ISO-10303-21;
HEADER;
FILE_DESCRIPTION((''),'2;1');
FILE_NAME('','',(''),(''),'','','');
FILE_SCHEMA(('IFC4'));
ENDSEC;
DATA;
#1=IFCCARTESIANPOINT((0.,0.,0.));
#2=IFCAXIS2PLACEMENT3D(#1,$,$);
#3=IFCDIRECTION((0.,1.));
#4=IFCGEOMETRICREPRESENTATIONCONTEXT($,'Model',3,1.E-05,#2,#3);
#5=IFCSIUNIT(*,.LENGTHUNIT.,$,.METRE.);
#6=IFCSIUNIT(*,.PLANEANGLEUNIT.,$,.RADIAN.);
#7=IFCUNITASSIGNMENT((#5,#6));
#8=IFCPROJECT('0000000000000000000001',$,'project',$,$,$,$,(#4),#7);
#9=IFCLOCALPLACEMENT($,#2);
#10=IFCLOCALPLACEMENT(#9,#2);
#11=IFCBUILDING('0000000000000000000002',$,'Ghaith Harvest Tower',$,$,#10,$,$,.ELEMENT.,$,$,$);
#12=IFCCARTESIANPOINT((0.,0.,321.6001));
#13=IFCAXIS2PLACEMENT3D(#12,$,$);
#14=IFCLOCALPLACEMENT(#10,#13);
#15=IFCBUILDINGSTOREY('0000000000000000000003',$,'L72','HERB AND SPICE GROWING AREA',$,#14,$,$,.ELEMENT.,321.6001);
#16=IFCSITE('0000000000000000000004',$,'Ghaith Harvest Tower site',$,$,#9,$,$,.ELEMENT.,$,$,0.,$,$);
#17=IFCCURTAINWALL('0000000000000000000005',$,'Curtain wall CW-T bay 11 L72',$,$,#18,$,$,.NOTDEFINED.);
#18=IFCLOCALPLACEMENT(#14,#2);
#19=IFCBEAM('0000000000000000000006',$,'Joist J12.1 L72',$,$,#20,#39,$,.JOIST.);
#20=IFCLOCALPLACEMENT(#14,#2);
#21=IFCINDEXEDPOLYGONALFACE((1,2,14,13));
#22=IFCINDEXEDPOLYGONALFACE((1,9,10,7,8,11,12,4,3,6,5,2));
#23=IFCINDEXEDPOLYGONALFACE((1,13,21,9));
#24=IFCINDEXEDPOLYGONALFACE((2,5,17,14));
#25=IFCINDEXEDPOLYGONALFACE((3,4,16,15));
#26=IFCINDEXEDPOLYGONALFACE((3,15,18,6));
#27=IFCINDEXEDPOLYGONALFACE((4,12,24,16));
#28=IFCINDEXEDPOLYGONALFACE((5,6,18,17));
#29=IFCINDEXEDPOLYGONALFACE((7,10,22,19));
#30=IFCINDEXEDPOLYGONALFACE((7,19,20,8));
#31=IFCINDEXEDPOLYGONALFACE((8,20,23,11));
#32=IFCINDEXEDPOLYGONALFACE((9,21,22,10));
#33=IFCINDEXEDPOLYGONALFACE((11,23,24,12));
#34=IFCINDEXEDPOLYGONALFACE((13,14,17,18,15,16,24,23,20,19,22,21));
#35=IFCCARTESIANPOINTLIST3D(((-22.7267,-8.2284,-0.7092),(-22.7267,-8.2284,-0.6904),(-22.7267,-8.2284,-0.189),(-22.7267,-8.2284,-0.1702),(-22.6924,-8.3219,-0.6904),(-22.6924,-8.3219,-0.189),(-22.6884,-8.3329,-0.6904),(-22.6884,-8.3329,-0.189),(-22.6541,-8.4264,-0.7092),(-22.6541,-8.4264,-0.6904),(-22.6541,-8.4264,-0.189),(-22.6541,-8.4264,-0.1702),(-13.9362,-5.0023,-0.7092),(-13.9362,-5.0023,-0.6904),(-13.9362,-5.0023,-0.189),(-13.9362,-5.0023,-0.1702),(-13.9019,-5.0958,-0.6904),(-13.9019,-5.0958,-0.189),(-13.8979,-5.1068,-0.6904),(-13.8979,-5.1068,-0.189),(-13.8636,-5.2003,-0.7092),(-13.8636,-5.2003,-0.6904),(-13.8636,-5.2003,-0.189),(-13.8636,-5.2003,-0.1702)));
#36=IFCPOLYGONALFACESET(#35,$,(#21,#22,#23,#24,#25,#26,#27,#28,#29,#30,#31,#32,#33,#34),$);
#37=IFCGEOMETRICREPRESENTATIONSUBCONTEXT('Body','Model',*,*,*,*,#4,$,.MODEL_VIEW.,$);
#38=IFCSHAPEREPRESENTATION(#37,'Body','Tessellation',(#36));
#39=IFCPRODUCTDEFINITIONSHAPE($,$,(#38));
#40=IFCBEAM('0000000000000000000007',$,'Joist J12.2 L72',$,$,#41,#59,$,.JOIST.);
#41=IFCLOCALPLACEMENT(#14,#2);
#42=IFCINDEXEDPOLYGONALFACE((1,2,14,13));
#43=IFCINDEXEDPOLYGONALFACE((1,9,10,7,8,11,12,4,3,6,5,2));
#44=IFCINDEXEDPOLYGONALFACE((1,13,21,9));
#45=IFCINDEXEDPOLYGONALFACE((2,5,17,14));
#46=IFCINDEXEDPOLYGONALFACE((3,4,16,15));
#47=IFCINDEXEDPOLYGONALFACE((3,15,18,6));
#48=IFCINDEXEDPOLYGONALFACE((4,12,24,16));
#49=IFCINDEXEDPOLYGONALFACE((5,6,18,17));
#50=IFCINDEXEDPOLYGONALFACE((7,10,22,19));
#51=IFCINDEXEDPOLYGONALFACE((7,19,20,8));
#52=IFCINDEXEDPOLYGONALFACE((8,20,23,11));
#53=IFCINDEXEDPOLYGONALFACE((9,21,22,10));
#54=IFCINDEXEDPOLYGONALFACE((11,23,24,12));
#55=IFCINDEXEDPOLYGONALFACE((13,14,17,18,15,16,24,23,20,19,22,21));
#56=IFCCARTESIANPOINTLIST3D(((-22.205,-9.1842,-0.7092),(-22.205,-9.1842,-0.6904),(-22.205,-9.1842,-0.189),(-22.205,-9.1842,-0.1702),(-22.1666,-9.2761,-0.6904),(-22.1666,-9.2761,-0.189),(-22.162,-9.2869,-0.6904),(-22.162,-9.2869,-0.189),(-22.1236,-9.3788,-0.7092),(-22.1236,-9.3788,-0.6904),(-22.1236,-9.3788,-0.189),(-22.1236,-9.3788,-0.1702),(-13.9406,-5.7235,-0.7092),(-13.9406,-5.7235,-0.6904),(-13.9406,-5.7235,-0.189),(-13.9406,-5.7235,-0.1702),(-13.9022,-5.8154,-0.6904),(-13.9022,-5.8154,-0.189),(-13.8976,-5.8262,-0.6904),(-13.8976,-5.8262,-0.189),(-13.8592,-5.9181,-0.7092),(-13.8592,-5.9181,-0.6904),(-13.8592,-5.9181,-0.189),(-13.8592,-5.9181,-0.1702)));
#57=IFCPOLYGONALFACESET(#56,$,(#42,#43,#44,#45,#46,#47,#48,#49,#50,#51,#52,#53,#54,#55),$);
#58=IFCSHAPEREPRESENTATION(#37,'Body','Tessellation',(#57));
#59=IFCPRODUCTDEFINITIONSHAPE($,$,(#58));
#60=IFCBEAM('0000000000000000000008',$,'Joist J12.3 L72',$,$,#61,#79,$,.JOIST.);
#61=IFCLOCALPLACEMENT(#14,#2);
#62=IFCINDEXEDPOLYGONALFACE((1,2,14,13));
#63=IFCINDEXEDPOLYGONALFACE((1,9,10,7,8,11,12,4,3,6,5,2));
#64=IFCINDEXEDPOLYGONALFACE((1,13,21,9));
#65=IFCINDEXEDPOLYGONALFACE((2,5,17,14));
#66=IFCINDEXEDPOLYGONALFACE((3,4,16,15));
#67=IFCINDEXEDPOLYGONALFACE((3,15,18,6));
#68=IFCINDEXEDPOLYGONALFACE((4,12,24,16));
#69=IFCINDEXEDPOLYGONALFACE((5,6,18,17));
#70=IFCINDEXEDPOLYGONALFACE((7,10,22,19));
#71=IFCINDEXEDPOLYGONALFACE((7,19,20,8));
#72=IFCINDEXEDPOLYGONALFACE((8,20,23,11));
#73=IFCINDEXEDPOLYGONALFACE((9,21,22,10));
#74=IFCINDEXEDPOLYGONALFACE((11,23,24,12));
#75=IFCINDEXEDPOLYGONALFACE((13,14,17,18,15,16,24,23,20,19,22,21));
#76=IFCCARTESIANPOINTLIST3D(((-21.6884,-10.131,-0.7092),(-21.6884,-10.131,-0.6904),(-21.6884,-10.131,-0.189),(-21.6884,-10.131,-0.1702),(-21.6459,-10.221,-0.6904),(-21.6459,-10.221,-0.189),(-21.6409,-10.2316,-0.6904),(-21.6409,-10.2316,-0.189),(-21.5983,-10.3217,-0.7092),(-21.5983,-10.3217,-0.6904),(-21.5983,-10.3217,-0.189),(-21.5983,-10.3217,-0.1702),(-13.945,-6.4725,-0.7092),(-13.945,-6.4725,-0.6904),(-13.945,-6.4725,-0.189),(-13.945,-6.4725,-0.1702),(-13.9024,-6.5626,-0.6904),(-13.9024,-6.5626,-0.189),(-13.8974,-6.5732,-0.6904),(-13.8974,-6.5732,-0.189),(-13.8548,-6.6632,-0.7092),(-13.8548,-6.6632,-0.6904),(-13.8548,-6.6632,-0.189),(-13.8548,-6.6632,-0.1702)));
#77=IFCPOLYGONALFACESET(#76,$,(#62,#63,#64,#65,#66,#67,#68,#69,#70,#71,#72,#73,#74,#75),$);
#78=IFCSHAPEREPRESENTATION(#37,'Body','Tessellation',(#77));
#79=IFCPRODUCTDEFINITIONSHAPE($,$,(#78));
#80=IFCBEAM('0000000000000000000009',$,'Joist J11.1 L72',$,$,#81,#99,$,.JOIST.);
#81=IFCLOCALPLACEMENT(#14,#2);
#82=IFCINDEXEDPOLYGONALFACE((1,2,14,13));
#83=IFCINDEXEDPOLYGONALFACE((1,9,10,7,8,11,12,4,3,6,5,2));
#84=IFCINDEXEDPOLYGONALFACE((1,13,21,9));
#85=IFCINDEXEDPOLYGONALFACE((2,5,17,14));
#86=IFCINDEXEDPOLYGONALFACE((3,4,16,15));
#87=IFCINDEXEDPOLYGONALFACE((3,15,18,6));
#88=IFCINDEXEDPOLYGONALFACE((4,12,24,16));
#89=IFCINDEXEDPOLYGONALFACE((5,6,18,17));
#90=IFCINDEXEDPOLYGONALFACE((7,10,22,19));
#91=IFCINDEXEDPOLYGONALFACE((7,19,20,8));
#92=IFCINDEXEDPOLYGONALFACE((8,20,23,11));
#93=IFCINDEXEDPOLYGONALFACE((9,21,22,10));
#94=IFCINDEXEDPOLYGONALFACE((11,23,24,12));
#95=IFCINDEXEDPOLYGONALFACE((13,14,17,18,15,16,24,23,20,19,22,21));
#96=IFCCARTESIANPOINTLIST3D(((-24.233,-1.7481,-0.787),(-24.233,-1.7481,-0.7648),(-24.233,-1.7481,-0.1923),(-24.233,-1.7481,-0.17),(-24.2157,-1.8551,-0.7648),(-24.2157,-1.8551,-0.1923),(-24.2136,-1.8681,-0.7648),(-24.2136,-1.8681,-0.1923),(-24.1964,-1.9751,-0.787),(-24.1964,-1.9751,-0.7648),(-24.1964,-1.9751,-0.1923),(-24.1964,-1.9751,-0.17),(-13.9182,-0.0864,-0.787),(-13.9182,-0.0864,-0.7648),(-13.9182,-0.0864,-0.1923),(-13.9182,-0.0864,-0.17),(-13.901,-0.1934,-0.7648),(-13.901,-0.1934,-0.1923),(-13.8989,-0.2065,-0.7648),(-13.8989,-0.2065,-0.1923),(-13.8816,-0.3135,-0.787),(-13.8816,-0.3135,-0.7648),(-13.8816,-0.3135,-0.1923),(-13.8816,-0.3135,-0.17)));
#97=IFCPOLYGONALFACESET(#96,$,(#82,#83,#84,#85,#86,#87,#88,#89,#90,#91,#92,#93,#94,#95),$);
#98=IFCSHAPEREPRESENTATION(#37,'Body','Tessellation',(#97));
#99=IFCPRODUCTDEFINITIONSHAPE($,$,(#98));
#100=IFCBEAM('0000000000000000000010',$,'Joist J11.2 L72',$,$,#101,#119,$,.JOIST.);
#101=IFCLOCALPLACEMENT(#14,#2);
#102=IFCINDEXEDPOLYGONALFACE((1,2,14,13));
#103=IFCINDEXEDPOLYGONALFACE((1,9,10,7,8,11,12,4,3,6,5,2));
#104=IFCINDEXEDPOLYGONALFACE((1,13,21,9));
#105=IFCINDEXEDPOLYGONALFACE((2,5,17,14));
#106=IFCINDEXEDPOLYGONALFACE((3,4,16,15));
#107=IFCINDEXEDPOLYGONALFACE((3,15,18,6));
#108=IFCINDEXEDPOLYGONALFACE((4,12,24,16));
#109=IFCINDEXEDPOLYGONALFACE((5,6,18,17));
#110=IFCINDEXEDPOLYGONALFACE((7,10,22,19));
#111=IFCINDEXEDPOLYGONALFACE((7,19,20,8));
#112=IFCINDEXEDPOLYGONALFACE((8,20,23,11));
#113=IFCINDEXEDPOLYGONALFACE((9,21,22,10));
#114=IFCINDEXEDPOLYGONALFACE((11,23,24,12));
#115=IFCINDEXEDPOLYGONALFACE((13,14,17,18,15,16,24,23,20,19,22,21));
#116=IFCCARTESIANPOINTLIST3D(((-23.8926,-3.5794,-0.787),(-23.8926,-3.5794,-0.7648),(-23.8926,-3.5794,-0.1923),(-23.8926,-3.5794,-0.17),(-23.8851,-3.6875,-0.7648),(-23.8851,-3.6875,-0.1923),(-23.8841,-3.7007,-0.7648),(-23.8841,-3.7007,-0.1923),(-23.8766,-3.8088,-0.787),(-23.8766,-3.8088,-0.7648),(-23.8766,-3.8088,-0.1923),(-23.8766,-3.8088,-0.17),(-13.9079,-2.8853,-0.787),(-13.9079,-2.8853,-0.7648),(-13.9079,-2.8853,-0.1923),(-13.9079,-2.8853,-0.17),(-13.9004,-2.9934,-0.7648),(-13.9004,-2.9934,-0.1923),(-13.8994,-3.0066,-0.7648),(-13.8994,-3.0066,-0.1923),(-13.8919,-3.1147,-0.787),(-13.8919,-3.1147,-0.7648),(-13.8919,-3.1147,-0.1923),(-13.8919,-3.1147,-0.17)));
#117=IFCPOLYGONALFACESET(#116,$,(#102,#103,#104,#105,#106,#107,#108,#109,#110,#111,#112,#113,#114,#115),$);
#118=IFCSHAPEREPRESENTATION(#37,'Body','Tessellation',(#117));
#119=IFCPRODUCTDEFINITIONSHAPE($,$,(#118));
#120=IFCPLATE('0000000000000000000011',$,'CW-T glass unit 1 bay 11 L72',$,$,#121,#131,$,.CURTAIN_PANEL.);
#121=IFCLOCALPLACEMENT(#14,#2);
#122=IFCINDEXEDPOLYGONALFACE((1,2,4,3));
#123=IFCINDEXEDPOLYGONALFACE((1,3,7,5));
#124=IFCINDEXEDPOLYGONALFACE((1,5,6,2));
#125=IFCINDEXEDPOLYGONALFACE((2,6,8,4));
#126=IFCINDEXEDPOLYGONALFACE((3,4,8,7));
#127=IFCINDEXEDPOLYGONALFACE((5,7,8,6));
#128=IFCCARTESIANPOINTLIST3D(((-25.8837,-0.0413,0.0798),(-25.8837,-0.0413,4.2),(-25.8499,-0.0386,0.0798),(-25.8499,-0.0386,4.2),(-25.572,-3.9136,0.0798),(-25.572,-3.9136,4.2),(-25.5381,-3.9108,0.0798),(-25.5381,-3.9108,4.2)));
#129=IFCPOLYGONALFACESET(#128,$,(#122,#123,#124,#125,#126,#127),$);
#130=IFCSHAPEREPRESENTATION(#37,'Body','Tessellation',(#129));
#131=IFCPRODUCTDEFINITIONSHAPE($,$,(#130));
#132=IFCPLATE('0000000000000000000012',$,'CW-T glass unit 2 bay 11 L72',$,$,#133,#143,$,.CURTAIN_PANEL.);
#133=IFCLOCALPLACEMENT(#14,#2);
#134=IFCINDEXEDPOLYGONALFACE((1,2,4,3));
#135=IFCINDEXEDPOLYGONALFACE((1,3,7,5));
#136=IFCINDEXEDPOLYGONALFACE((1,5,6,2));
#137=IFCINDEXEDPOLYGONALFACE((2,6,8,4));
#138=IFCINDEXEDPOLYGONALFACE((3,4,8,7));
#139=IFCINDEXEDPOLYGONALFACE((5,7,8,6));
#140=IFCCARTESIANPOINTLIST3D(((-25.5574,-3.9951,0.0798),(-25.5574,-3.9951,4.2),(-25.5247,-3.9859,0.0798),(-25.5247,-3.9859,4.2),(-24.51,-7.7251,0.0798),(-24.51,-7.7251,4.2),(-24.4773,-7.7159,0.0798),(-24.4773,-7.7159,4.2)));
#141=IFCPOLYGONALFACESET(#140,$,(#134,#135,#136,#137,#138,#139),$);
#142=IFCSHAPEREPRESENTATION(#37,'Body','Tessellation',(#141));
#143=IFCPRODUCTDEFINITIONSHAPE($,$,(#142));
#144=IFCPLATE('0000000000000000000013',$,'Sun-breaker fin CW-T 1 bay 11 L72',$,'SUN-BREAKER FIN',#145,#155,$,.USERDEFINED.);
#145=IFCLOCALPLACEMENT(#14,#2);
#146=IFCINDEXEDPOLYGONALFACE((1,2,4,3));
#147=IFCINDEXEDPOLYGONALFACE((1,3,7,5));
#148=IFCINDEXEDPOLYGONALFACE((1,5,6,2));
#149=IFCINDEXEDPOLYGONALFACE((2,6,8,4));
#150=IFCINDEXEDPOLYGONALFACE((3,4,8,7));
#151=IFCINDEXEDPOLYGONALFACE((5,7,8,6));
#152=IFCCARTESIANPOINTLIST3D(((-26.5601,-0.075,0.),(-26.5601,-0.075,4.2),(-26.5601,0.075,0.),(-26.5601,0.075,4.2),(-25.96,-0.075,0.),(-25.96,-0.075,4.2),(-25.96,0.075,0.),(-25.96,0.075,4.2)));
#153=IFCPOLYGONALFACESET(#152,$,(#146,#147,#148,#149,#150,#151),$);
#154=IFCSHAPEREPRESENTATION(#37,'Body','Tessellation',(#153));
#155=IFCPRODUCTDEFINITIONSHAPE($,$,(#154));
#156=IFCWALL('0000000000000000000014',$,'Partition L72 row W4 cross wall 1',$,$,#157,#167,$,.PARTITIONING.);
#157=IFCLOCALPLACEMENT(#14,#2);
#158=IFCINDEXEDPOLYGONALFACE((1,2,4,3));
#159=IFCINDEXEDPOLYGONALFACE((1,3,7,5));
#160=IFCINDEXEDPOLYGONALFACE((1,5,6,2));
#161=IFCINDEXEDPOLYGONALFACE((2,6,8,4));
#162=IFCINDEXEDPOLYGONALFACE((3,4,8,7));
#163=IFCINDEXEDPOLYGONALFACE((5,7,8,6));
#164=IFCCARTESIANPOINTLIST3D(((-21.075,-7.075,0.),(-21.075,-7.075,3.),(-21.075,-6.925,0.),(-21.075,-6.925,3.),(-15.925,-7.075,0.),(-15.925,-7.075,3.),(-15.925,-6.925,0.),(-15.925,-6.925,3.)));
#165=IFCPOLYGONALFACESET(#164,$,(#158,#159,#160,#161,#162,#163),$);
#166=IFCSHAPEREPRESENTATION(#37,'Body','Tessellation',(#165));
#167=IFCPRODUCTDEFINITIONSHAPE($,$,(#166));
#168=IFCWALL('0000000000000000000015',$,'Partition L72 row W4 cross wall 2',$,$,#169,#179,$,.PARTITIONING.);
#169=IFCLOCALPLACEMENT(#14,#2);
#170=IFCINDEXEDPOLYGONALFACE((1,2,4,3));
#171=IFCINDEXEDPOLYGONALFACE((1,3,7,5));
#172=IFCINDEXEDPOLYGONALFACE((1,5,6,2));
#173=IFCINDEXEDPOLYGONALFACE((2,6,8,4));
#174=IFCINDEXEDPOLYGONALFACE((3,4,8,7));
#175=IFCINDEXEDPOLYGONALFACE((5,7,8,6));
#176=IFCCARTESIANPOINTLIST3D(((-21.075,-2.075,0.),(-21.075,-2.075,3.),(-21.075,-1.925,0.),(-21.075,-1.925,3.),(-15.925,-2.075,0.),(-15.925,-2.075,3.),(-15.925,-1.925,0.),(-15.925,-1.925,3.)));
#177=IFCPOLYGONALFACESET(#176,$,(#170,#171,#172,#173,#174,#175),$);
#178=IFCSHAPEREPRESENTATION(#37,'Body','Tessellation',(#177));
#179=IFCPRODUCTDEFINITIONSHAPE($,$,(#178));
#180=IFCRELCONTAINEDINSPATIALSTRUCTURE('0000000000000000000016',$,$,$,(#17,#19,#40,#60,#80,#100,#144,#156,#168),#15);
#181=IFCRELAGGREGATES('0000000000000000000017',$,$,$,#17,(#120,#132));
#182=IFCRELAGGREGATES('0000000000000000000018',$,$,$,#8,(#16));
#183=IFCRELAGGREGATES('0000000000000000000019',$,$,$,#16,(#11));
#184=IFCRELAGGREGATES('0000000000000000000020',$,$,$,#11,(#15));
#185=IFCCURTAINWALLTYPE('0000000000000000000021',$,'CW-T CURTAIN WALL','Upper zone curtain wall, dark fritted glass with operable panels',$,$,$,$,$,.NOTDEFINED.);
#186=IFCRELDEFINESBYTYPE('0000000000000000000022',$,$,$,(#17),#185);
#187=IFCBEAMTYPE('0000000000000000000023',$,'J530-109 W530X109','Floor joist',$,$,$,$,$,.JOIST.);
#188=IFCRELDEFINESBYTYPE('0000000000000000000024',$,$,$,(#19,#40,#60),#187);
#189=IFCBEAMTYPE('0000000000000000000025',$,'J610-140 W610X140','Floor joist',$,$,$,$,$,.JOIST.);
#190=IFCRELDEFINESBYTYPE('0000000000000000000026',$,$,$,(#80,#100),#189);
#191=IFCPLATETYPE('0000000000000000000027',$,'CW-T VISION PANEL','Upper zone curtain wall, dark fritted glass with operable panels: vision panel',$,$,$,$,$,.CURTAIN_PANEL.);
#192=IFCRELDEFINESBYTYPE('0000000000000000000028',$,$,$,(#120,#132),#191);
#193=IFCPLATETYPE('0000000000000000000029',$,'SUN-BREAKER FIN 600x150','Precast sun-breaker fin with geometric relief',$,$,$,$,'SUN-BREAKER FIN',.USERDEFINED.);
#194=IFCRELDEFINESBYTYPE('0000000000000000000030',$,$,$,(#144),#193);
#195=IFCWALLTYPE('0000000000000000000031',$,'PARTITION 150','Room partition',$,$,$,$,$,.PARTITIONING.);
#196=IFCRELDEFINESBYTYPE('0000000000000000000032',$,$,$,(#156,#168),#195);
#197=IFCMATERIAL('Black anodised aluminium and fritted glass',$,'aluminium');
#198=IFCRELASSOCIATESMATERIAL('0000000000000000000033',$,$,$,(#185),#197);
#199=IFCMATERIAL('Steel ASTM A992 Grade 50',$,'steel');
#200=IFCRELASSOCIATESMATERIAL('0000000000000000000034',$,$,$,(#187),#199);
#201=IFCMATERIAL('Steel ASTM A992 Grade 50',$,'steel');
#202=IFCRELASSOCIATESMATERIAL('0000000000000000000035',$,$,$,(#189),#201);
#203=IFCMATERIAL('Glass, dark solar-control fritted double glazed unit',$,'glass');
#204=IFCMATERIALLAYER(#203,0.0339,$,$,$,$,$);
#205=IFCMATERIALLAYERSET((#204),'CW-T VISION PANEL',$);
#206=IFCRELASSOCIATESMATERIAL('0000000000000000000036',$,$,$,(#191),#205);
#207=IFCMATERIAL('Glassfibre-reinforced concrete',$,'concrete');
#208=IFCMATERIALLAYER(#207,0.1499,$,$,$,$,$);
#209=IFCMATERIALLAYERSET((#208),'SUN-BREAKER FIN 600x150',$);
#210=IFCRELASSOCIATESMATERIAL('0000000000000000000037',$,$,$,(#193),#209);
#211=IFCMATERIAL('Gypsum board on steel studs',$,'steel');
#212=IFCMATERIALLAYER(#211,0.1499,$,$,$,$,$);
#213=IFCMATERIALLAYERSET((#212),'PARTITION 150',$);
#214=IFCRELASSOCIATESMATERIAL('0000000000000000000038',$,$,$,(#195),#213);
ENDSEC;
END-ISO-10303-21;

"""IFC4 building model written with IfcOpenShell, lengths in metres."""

from ifc_helpers import new_model, si_unit, direction, frame, frame_2d, origin, origin_2d, place, context, subcontext, project, spatial, rectangle, i_section, extrude, material, layer, layer_set, material_profile, profile_set, type_object, element, aggregate, save


model = new_model("IFC4")

# Units and contexts
model_context = context("Model", 3, precision=1e-05, world=origin(), true_north=direction((0.0, 1.0)))
body_context = subcontext(model_context, "Body", "Model", "MODEL_VIEW")
ifc_project = project(units=[si_unit("LENGTHUNIT", "METRE"), si_unit("PLANEANGLEUNIT", "RADIAN")], contexts=[model_context])

# Site, building, storey
site_placement = place(None, origin())
site = spatial("IfcSite", under=ifc_project, at=site_placement, Name="Ghaith Harvest Tower site", CompositionType="ELEMENT", RefElevation=0.0)
building_placement = place(site_placement, origin())
building = spatial("IfcBuilding", under=site, at=building_placement, Name="Ghaith Harvest Tower", CompositionType="ELEMENT")
storey_placement = place(building_placement, frame((0.0, 0.0, 321.6001)))
storey = spatial("IfcBuildingStorey", under=building, at=storey_placement, Name="L72", Description="HERB AND SPICE GROWING AREA", CompositionType="ELEMENT", Elevation=321.6001)

# Curtain wall
ifc_material_1 = material(Name="Black anodised aluminium and fritted glass", Category="aluminium")
curtain_wall_type = type_object("IfcCurtainWallType", Name="CW-T CURTAIN WALL", Description="Upper zone curtain wall, dark fritted glass with operable panels", PredefinedType="NOTDEFINED", material=ifc_material_1)
curtain_wall_placement = place(storey_placement, origin())
curtain_wall = element("IfcCurtainWall", 1, at=curtain_wall_placement, inside=storey, type_object=curtain_wall_type, Name="Curtain wall CW-T bay 11 L72", PredefinedType="NOTDEFINED")

# Beams
ifc_material_2 = material(Name="Steel ASTM A992 Grade 50", Category="steel")
ifc_material_profile_1 = material_profile(ifc_material_2, i_section(OverallWidth=0.2109, OverallDepth=0.5391, WebThickness=0.0117, FlangeThickness=0.0188, at=origin_2d()), Name="W530X109")
ifc_profile_set_1 = profile_set([ifc_material_profile_1], Name="Steel ASTM A992 Grade 50")
beam_type_1 = type_object("IfcBeamType", Name="J530-109 W530X109", Description="Floor joist", PredefinedType="JOIST", material=ifc_profile_set_1)
beam_1_placement = place(storey_placement, frame((-13.8999, -5.1013, -0.4397), z_axis=(-0.938777, -0.344526, 0.0), x_axis=(0.344526, -0.938777, 0.0)))
element("IfcBeam", 2, at=beam_1_placement, inside=storey, type_object=beam_type_1, Name="Joist J12.1 L72", PredefinedType="JOIST", context=body_context, shape_type="SweptSolid", body=[
    extrude(i_section(OverallWidth=0.2109, OverallDepth=0.5391, WebThickness=0.0117, FlangeThickness=0.0188, at=origin_2d()), origin(), (0.0, 0.0, 1.0), 9.3638),
])
beam_2_placement = place(storey_placement, frame((-13.8999, -5.8208, -0.4397), z_axis=(-0.922394, -0.38625, 0.0), x_axis=(0.38625, -0.922394, 0.0)))
element("IfcBeam", 3, at=beam_2_placement, inside=storey, type_object=beam_type_1, Name="Joist J12.2 L72", PredefinedType="JOIST", context=body_context, shape_type="SweptSolid", body=[
    extrude(i_section(OverallWidth=0.2109, OverallDepth=0.5391, WebThickness=0.0117, FlangeThickness=0.0188, at=origin_2d()), origin(), (0.0, 0.0, 1.0), 8.9597),
])
beam_3_placement = place(storey_placement, frame((-13.8999, -6.5679, -0.4397), z_axis=(-0.904166, -0.427182, 0.0), x_axis=(0.427182, -0.904166, 0.0)))
element("IfcBeam", 4, at=beam_3_placement, inside=storey, type_object=beam_type_1, Name="Joist J12.3 L72", PredefinedType="JOIST", context=body_context, shape_type="SweptSolid", body=[
    extrude(i_section(OverallWidth=0.2109, OverallDepth=0.5391, WebThickness=0.0117, FlangeThickness=0.0188, at=origin_2d()), origin(), (0.0, 0.0, 1.0), 8.5642),
])
ifc_material_3 = material(Name="Steel ASTM A992 Grade 50", Category="steel")
ifc_material_profile_2 = material_profile(ifc_material_3, i_section(OverallWidth=0.23, OverallDepth=0.6169, WebThickness=0.0132, FlangeThickness=0.0222, at=origin_2d()), Name="W610X140")
ifc_profile_set_2 = profile_set([ifc_material_profile_2], Name="Steel ASTM A992 Grade 50")
beam_type_2 = type_object("IfcBeamType", Name="J610-140 W610X140", Description="Floor joist", PredefinedType="JOIST", material=ifc_profile_set_2)
beam_4_placement = place(storey_placement, frame((-13.8999, -0.2, -0.4785), z_axis=(-0.987272, -0.159042, 0.0), x_axis=(0.159042, -0.987272, 0.0)))
element("IfcBeam", 5, at=beam_4_placement, inside=storey, type_object=beam_type_2, Name="Joist J11.1 L72", PredefinedType="JOIST", context=body_context, shape_type="SweptSolid", body=[
    extrude(i_section(OverallWidth=0.23, OverallDepth=0.6169, WebThickness=0.0132, FlangeThickness=0.0222, at=origin_2d()), origin(), (0.0, 0.0, 1.0), 10.4478),
])
beam_5_placement = place(storey_placement, frame((-13.8999, -3.0, -0.4785), z_axis=(-0.997592, -0.069349, 0.0), x_axis=(0.069349, -0.997592, 0.0)))
element("IfcBeam", 6, at=beam_5_placement, inside=storey, type_object=beam_type_2, Name="Joist J11.2 L72", PredefinedType="JOIST", context=body_context, shape_type="SweptSolid", body=[
    extrude(i_section(OverallWidth=0.23, OverallDepth=0.6169, WebThickness=0.0132, FlangeThickness=0.0222, at=origin_2d()), origin(), (0.0, 0.0, 1.0), 10.0088),
])

# Plates
ifc_material_4 = material(Name="Glass, dark solar-control fritted double glazed unit", Category="glass")
ifc_layer_1 = layer(ifc_material_4, 0.0339)
ifc_layer_set_1 = layer_set([ifc_layer_1], Name="CW-T VISION PANEL")
plate_type_1 = type_object("IfcPlateType", Name="CW-T VISION PANEL", Description="Upper zone curtain wall, dark fritted glass with operable panels: vision panel", PredefinedType="CURTAIN_PANEL", material=ifc_layer_set_1)
plate_1_placement = place(storey_placement, frame((-25.7109, -1.9761, 0.0798), z_axis=(0.0, 0.0, 1.0), x_axis=(0.080258, -0.996774, 0.0)))
plate_1 = element("IfcPlate", 7, at=plate_1_placement, type_object=plate_type_1, Name="CW-T glass unit 1 bay 11 L72", PredefinedType="CURTAIN_PANEL", context=body_context, shape_type="SweptSolid", body=[
    extrude(rectangle(XDim=3.8848, YDim=0.0339, at=origin_2d()), origin(), (0.0, 0.0, 1.0), 4.1201),
])
plate_2_placement = place(storey_placement, frame((-25.0173, -5.8555, 0.0798), z_axis=(0.0, 0.0, 1.0), x_axis=(0.270355, -0.962761, 0.0)))
plate_2 = element("IfcPlate", 8, at=plate_2_placement, type_object=plate_type_1, Name="CW-T glass unit 2 bay 11 L72", PredefinedType="CURTAIN_PANEL", context=body_context, shape_type="SweptSolid", body=[
    extrude(rectangle(XDim=3.8743, YDim=0.0339, at=origin_2d()), origin(), (0.0, 0.0, 1.0), 4.1201),
])
aggregate(curtain_wall, [plate_1, plate_2])
ifc_material_5 = material(Name="Glassfibre-reinforced concrete", Category="concrete")
ifc_layer_2 = layer(ifc_material_5, 0.1499)
ifc_layer_set_2 = layer_set([ifc_layer_2], Name="SUN-BREAKER FIN 600x150")
plate_type_2 = type_object("IfcPlateType", Name="SUN-BREAKER FIN 600x150", Description="Precast sun-breaker fin with geometric relief", ElementType="SUN-BREAKER FIN", PredefinedType="USERDEFINED", material=ifc_layer_set_2)
plate_3_placement = place(storey_placement, frame((-26.26, 0.0, 0.0), z_axis=(0.0, 0.0, 1.0), x_axis=(-1.0, 0.0, 0.0)))
element("IfcPlate", 9, at=plate_3_placement, inside=storey, type_object=plate_type_2, Name="Sun-breaker fin CW-T 1 bay 11 L72", ObjectType="SUN-BREAKER FIN", PredefinedType="USERDEFINED", context=body_context, shape_type="SweptSolid", body=[
    extrude(rectangle(XDim=0.6001, YDim=0.1499, at=origin_2d()), origin(), (0.0, 0.0, 1.0), 4.2),
])

# Walls
ifc_material_6 = material(Name="Gypsum board on steel studs", Category="steel")
ifc_layer_3 = layer(ifc_material_6, 0.1499)
ifc_layer_set_3 = layer_set([ifc_layer_3], Name="PARTITION 150")
wall_type = type_object("IfcWallType", Name="PARTITION 150", Description="Room partition", PredefinedType="PARTITIONING", material=ifc_layer_set_3)
for number, where, z_axis, x_axis, name in (
    (10, (-15.925, -7.0, 0.0), (0.0, 0.0, 1.0), (-1.0, 0.0, 0.0), "Partition L72 row W4 cross wall 1"),
    (11, (-15.925, -2.0, 0.0), (0.0, 0.0, 1.0), (-1.0, 0.0, 0.0), "Partition L72 row W4 cross wall 2"),
):
    element("IfcWall", number, at=place(storey_placement, frame(where, z_axis=z_axis, x_axis=x_axis)), inside=storey, type_object=wall_type, Name=name, PredefinedType="PARTITIONING", context=body_context, shape_type="SweptSolid", body=[
        extrude(rectangle(XDim=5.1499, YDim=0.1499, at=frame_2d((2.575, 0.0))), origin(), (0.0, 0.0, 1.0), 3.0),
    ])

save(model, "model.ifc")
